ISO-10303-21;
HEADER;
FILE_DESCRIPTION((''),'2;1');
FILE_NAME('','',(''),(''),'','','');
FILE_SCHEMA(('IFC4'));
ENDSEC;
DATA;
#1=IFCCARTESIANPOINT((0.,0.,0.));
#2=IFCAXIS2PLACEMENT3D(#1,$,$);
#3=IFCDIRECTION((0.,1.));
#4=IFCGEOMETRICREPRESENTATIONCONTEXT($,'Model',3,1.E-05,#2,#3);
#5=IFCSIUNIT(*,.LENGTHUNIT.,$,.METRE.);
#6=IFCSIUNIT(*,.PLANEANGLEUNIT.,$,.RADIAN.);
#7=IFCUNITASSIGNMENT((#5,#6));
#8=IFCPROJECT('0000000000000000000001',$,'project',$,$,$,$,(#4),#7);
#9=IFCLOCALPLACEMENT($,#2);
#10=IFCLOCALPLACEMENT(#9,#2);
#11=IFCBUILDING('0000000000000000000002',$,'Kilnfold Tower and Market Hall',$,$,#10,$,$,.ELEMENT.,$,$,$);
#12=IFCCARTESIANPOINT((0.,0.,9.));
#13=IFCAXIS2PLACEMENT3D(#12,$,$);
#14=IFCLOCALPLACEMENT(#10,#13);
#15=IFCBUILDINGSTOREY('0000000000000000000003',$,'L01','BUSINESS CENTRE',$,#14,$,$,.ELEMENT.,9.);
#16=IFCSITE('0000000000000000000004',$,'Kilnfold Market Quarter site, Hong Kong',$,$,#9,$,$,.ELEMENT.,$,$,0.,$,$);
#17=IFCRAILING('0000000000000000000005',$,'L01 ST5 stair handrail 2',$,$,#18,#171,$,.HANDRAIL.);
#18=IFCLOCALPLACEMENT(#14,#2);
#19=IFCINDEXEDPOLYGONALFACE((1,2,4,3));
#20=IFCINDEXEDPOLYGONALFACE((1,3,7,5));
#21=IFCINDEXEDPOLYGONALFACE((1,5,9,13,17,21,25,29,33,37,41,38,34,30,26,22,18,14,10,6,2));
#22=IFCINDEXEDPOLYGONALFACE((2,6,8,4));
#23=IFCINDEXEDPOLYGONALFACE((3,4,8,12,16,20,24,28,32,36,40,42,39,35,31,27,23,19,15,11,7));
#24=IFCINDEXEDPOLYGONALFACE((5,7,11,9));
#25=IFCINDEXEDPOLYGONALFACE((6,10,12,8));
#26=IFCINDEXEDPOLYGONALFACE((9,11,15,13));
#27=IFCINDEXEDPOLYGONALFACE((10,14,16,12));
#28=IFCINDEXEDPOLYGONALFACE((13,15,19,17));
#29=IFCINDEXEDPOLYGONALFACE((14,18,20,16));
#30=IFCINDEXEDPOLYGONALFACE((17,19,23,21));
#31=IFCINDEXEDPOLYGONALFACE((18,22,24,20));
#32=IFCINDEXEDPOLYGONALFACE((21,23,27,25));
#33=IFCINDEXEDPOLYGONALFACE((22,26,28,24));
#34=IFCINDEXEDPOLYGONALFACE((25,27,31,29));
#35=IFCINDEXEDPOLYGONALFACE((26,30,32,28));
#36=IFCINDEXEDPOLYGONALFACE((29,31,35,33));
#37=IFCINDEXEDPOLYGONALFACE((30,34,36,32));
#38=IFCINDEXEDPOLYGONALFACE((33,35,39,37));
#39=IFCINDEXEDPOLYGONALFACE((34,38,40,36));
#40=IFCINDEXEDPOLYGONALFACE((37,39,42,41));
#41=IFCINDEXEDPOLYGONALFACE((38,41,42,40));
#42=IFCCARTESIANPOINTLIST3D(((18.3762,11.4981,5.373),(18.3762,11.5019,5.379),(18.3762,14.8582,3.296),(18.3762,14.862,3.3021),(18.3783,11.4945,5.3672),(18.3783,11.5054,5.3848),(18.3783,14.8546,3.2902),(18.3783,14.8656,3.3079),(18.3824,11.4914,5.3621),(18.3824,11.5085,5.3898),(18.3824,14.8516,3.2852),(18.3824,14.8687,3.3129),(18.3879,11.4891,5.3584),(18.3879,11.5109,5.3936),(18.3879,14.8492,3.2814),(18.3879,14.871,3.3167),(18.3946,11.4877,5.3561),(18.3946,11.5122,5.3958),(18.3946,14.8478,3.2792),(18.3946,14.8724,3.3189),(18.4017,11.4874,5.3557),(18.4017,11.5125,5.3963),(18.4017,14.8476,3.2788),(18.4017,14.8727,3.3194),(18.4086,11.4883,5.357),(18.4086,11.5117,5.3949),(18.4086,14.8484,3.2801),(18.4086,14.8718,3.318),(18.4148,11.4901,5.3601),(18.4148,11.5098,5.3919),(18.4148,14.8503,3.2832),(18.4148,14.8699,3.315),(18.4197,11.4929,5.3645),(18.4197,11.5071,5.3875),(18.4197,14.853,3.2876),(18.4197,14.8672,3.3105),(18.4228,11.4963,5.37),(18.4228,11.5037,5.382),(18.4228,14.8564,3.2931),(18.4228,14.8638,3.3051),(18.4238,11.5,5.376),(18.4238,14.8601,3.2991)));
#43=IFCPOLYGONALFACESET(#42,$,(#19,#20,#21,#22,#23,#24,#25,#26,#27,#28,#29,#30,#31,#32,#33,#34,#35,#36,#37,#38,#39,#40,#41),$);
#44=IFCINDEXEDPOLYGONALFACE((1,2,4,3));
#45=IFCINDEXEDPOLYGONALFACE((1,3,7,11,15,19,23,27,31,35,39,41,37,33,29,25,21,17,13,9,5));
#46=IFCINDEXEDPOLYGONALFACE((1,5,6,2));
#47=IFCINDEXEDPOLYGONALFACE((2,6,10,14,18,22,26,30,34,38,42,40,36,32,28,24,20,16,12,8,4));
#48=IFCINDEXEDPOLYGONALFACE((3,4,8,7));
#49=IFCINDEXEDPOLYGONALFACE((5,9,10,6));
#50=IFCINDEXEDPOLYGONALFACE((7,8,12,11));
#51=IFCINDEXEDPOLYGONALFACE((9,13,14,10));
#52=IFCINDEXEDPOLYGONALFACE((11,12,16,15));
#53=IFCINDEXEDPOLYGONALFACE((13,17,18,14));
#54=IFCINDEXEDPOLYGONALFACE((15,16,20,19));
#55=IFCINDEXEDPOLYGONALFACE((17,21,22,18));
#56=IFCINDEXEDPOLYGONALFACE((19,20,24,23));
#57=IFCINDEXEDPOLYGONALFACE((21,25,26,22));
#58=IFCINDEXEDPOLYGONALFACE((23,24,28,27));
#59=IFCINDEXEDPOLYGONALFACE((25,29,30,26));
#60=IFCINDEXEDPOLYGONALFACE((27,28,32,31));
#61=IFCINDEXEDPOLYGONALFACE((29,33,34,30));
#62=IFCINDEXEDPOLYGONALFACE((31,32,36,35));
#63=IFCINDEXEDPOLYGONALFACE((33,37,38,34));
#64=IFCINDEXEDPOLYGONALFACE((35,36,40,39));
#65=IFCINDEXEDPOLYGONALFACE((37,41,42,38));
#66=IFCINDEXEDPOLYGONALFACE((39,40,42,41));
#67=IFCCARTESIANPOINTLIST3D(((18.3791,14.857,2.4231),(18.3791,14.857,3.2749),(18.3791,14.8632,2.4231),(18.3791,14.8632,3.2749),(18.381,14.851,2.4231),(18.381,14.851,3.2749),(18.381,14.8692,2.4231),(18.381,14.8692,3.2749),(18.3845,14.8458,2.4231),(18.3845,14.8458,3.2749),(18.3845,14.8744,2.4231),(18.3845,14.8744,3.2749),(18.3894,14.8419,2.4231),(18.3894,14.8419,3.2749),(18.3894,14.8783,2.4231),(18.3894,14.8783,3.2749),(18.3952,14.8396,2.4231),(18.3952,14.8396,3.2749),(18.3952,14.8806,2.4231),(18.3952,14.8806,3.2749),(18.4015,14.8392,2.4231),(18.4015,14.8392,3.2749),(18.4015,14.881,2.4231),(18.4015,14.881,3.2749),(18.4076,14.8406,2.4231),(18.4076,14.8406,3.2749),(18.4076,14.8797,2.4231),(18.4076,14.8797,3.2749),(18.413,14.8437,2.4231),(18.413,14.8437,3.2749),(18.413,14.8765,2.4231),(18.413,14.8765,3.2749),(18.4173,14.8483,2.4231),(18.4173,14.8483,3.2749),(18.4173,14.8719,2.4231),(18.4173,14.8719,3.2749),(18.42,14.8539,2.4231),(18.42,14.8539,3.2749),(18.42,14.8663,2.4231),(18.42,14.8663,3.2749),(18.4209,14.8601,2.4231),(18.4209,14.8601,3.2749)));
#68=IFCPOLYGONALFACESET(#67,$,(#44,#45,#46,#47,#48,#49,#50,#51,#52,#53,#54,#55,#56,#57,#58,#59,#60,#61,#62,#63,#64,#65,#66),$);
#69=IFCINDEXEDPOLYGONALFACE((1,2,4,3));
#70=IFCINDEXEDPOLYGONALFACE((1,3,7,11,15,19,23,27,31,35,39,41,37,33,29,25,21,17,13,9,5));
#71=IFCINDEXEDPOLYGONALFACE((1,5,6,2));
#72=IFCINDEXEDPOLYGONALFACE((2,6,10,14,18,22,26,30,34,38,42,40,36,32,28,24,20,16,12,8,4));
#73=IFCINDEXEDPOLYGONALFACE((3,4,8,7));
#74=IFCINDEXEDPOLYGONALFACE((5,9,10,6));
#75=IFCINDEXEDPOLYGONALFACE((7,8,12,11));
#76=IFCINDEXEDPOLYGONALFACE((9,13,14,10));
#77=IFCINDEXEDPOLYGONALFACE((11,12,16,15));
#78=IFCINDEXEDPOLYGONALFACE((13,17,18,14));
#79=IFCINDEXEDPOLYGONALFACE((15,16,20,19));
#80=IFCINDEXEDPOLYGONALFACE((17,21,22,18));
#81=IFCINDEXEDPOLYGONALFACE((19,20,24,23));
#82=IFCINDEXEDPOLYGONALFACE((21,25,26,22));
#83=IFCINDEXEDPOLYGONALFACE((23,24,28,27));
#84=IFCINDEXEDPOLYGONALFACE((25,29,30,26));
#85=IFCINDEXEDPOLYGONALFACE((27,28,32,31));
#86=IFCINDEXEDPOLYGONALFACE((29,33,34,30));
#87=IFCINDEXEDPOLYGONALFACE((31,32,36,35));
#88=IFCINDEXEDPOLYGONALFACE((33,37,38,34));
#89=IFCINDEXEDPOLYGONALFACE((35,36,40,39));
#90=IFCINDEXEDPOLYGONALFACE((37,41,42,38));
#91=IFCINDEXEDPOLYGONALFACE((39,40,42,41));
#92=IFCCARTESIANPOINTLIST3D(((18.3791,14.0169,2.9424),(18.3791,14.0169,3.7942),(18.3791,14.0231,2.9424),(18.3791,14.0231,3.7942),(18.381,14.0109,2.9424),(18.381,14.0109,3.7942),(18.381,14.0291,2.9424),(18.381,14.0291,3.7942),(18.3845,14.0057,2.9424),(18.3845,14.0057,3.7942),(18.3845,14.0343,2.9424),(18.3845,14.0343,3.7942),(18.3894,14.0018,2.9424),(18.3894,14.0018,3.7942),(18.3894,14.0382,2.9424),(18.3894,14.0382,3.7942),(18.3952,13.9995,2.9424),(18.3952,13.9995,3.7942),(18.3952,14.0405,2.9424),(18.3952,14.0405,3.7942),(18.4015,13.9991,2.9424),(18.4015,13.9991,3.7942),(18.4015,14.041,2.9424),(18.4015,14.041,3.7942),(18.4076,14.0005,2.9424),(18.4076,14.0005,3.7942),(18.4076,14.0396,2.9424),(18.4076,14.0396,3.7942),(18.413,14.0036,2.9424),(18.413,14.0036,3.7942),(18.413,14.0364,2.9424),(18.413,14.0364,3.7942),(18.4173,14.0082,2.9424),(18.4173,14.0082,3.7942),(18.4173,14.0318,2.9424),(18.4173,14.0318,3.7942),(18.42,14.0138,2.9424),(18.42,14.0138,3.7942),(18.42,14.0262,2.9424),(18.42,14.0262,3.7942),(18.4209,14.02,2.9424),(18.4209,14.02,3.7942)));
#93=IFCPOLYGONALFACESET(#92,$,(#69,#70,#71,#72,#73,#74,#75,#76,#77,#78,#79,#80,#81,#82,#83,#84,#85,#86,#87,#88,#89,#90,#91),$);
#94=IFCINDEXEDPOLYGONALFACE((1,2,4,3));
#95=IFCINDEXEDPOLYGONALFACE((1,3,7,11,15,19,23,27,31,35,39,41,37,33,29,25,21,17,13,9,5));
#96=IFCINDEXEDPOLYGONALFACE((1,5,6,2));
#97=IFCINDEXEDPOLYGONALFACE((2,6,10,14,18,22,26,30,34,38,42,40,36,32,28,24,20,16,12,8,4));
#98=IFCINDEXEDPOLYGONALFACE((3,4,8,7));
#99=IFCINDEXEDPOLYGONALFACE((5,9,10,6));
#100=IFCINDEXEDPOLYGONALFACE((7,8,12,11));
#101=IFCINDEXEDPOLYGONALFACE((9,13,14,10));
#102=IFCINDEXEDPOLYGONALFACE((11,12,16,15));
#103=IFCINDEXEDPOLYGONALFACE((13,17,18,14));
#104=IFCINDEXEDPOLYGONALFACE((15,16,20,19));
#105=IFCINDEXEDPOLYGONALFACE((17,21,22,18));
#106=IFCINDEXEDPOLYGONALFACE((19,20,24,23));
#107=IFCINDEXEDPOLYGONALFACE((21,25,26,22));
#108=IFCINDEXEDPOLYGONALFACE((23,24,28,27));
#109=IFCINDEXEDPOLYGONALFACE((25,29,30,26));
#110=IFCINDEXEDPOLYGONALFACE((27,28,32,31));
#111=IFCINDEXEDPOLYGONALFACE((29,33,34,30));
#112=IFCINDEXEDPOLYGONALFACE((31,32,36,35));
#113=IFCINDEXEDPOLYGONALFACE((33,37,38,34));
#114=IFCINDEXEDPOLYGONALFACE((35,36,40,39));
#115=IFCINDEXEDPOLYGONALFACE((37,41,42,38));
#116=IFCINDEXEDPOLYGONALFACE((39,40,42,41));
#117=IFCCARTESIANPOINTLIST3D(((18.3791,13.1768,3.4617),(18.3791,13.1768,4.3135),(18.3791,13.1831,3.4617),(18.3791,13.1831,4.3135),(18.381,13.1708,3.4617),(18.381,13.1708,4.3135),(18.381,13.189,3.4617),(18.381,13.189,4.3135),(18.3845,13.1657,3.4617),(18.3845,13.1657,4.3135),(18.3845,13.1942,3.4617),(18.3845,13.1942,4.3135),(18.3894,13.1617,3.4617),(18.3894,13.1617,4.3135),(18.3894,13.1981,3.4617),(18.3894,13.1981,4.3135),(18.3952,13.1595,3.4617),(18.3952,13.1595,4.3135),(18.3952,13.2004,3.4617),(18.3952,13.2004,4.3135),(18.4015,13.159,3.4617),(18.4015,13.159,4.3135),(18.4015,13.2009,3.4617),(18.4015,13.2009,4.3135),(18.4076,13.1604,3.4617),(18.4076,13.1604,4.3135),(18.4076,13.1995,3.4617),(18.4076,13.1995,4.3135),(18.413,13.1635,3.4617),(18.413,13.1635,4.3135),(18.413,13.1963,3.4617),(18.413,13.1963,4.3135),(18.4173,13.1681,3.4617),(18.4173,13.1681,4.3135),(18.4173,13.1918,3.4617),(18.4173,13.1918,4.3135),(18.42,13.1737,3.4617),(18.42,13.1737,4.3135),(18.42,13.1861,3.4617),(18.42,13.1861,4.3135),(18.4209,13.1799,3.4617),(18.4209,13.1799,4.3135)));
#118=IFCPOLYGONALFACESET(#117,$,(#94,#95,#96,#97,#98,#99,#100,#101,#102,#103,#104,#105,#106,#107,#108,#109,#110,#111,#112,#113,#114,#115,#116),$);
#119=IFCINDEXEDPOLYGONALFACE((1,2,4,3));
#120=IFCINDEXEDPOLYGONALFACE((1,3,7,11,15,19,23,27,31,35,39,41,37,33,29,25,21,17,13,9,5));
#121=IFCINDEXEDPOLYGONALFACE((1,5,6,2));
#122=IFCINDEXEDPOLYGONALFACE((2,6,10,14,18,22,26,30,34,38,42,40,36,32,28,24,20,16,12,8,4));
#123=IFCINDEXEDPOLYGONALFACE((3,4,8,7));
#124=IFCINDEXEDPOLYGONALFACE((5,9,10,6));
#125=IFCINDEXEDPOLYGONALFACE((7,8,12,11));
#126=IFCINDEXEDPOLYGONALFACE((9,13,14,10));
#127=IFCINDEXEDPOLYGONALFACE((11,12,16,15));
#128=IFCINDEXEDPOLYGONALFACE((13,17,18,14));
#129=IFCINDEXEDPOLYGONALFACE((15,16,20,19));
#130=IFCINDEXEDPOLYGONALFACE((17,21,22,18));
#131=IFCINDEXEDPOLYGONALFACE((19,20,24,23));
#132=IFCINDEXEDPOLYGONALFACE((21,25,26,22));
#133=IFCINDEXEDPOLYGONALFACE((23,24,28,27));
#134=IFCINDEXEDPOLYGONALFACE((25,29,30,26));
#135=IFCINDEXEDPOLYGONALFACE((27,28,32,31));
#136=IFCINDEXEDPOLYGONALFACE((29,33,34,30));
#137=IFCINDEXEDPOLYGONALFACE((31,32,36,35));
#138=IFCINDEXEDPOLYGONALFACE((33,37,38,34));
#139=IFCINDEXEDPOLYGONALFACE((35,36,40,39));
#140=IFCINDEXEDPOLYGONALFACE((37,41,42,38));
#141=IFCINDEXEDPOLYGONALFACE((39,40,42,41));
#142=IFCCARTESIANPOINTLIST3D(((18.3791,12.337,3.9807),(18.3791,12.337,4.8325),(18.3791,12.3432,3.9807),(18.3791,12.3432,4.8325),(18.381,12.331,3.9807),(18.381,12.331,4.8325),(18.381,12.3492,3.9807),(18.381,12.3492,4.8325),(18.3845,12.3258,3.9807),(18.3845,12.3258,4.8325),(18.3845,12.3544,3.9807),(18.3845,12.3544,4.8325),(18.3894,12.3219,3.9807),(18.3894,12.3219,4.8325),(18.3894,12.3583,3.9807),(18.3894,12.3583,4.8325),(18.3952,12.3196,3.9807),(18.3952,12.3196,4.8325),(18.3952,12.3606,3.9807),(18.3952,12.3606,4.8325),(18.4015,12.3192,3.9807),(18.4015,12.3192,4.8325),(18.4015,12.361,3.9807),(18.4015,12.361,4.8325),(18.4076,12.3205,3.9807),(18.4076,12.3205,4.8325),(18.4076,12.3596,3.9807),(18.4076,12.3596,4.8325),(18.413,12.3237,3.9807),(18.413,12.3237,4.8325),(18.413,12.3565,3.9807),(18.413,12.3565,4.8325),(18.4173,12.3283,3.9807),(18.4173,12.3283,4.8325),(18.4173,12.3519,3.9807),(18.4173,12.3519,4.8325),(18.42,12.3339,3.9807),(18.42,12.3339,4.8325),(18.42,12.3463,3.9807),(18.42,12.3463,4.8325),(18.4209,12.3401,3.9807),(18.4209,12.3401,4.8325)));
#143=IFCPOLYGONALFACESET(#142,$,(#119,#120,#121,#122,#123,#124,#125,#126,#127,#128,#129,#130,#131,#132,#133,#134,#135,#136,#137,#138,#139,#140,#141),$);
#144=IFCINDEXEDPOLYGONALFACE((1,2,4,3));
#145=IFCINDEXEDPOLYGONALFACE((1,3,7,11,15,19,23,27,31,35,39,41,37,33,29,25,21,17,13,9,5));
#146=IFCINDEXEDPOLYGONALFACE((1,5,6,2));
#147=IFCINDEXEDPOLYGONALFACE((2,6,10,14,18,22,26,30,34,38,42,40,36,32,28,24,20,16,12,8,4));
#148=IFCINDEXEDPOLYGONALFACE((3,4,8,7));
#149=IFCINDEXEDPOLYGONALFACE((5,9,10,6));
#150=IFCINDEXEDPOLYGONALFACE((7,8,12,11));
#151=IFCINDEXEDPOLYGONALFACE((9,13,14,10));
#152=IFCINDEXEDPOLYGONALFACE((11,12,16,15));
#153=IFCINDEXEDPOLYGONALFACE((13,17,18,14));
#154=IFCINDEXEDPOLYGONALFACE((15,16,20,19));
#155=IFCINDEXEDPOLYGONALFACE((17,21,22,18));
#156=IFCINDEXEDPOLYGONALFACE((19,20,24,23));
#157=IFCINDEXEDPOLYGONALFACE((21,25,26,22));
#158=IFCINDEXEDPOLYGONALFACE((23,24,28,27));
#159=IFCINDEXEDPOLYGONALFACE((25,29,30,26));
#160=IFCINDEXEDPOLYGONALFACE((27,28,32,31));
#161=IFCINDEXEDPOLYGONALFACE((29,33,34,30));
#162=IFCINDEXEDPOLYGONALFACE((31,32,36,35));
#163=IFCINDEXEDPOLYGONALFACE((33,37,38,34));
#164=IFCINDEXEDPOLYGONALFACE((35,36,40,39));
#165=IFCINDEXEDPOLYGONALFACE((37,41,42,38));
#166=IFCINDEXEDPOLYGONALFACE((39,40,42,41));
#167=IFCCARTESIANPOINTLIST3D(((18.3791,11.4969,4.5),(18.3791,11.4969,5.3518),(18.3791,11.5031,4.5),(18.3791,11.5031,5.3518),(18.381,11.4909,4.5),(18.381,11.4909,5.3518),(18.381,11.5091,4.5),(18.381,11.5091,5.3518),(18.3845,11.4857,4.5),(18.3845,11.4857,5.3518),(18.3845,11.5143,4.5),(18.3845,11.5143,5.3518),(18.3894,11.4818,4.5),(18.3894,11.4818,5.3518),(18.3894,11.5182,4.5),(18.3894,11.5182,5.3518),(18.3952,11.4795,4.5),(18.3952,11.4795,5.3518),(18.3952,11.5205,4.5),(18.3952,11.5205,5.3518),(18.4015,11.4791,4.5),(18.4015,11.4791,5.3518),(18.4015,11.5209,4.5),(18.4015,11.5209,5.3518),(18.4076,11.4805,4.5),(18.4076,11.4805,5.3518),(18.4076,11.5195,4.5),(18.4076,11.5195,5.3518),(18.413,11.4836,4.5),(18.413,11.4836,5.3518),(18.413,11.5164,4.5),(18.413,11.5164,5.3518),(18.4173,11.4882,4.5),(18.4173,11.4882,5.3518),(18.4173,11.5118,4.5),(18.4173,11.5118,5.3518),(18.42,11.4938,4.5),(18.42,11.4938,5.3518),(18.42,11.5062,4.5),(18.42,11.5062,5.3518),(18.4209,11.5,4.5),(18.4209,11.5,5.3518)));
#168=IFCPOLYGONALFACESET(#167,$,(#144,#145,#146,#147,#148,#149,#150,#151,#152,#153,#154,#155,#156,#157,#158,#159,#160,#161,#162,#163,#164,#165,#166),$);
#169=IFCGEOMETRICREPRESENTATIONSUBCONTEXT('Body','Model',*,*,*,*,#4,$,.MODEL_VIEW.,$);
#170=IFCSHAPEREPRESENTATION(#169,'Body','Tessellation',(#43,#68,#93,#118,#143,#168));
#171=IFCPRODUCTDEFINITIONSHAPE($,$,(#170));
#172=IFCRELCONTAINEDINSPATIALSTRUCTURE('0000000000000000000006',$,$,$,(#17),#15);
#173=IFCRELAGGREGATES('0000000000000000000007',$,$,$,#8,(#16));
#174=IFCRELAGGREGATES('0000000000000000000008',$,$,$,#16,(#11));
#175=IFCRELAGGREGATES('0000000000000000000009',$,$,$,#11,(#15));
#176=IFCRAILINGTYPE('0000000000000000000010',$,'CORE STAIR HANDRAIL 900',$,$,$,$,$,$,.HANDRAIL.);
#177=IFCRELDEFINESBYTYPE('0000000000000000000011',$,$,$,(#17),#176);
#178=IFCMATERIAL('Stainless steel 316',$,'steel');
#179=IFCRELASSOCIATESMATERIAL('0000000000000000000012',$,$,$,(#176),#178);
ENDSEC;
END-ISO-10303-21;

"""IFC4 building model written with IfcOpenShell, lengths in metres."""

from ifc_helpers import new_model, si_unit, direction, frame, origin, origin_2d, place, context, subcontext, project, spatial, circle, extrude, material, type_object, element, save


model = new_model("IFC4")

# Units and contexts
model_context = context("Model", 3, precision=1e-05, world=origin(), true_north=direction((0.0, 1.0)))
body_context = subcontext(model_context, "Body", "Model", "MODEL_VIEW")
ifc_project = project(units=[si_unit("LENGTHUNIT", "METRE"), si_unit("PLANEANGLEUNIT", "RADIAN")], contexts=[model_context])

# Site, building, storey
site_placement = place(None, origin())
site = spatial("IfcSite", under=ifc_project, at=site_placement, Name="Kilnfold Market Quarter site, Hong Kong", CompositionType="ELEMENT", RefElevation=0.0)
building_placement = place(site_placement, origin())
building = spatial("IfcBuilding", under=site, at=building_placement, Name="Kilnfold Tower and Market Hall", CompositionType="ELEMENT")
storey_placement = place(building_placement, frame((0.0, 0.0, 9.0)))
storey = spatial("IfcBuildingStorey", under=building, at=storey_placement, Name="L01", Description="BUSINESS CENTRE", CompositionType="ELEMENT", Elevation=9.0)

# Railing
ifc_material_1 = material(Name="Stainless steel 316", Category="steel")
railing_type_1 = type_object("IfcRailingType", Name="CORE STAIR HANDRAIL 900", PredefinedType="HANDRAIL", material=ifc_material_1)
railing_1_placement = place(storey_placement, frame((18.3999, 14.8601, 2.4231)))
element("IfcRailing", 1, at=railing_1_placement, inside=storey, type_object=railing_type_1, Name="L01 ST5 stair handrail 2", PredefinedType="HANDRAIL", context=body_context, shape_type="SweptSolid", body=[
    extrude(circle(Radius=0.0239, at=origin_2d()), frame((0.0, 0.0, 0.876), z_axis=(0.0, -0.850623, 0.525776), x_axis=(1.0, 0.0, 0.0)), (0.0, 0.0, 1.0), 3.9502),
    extrude(circle(Radius=0.021, at=origin_2d()), origin(), (0.0, 0.0, 1.0), 0.8518),
    extrude(circle(Radius=0.021, at=origin_2d()), frame((0.0, -0.8401, 0.5193)), (0.0, 0.0, 1.0), 0.8518),
    extrude(circle(Radius=0.021, at=origin_2d()), frame((0.0, -1.6802, 1.0386)), (0.0, 0.0, 1.0), 0.8518),
    extrude(circle(Radius=0.021, at=origin_2d()), frame((0.0, -2.52, 1.5576)), (0.0, 0.0, 1.0), 0.8518),
    extrude(circle(Radius=0.021, at=origin_2d()), frame((0.0, -3.3601, 2.0769)), (0.0, 0.0, 1.0), 0.8518),
])

save(model, "model.ifc")
